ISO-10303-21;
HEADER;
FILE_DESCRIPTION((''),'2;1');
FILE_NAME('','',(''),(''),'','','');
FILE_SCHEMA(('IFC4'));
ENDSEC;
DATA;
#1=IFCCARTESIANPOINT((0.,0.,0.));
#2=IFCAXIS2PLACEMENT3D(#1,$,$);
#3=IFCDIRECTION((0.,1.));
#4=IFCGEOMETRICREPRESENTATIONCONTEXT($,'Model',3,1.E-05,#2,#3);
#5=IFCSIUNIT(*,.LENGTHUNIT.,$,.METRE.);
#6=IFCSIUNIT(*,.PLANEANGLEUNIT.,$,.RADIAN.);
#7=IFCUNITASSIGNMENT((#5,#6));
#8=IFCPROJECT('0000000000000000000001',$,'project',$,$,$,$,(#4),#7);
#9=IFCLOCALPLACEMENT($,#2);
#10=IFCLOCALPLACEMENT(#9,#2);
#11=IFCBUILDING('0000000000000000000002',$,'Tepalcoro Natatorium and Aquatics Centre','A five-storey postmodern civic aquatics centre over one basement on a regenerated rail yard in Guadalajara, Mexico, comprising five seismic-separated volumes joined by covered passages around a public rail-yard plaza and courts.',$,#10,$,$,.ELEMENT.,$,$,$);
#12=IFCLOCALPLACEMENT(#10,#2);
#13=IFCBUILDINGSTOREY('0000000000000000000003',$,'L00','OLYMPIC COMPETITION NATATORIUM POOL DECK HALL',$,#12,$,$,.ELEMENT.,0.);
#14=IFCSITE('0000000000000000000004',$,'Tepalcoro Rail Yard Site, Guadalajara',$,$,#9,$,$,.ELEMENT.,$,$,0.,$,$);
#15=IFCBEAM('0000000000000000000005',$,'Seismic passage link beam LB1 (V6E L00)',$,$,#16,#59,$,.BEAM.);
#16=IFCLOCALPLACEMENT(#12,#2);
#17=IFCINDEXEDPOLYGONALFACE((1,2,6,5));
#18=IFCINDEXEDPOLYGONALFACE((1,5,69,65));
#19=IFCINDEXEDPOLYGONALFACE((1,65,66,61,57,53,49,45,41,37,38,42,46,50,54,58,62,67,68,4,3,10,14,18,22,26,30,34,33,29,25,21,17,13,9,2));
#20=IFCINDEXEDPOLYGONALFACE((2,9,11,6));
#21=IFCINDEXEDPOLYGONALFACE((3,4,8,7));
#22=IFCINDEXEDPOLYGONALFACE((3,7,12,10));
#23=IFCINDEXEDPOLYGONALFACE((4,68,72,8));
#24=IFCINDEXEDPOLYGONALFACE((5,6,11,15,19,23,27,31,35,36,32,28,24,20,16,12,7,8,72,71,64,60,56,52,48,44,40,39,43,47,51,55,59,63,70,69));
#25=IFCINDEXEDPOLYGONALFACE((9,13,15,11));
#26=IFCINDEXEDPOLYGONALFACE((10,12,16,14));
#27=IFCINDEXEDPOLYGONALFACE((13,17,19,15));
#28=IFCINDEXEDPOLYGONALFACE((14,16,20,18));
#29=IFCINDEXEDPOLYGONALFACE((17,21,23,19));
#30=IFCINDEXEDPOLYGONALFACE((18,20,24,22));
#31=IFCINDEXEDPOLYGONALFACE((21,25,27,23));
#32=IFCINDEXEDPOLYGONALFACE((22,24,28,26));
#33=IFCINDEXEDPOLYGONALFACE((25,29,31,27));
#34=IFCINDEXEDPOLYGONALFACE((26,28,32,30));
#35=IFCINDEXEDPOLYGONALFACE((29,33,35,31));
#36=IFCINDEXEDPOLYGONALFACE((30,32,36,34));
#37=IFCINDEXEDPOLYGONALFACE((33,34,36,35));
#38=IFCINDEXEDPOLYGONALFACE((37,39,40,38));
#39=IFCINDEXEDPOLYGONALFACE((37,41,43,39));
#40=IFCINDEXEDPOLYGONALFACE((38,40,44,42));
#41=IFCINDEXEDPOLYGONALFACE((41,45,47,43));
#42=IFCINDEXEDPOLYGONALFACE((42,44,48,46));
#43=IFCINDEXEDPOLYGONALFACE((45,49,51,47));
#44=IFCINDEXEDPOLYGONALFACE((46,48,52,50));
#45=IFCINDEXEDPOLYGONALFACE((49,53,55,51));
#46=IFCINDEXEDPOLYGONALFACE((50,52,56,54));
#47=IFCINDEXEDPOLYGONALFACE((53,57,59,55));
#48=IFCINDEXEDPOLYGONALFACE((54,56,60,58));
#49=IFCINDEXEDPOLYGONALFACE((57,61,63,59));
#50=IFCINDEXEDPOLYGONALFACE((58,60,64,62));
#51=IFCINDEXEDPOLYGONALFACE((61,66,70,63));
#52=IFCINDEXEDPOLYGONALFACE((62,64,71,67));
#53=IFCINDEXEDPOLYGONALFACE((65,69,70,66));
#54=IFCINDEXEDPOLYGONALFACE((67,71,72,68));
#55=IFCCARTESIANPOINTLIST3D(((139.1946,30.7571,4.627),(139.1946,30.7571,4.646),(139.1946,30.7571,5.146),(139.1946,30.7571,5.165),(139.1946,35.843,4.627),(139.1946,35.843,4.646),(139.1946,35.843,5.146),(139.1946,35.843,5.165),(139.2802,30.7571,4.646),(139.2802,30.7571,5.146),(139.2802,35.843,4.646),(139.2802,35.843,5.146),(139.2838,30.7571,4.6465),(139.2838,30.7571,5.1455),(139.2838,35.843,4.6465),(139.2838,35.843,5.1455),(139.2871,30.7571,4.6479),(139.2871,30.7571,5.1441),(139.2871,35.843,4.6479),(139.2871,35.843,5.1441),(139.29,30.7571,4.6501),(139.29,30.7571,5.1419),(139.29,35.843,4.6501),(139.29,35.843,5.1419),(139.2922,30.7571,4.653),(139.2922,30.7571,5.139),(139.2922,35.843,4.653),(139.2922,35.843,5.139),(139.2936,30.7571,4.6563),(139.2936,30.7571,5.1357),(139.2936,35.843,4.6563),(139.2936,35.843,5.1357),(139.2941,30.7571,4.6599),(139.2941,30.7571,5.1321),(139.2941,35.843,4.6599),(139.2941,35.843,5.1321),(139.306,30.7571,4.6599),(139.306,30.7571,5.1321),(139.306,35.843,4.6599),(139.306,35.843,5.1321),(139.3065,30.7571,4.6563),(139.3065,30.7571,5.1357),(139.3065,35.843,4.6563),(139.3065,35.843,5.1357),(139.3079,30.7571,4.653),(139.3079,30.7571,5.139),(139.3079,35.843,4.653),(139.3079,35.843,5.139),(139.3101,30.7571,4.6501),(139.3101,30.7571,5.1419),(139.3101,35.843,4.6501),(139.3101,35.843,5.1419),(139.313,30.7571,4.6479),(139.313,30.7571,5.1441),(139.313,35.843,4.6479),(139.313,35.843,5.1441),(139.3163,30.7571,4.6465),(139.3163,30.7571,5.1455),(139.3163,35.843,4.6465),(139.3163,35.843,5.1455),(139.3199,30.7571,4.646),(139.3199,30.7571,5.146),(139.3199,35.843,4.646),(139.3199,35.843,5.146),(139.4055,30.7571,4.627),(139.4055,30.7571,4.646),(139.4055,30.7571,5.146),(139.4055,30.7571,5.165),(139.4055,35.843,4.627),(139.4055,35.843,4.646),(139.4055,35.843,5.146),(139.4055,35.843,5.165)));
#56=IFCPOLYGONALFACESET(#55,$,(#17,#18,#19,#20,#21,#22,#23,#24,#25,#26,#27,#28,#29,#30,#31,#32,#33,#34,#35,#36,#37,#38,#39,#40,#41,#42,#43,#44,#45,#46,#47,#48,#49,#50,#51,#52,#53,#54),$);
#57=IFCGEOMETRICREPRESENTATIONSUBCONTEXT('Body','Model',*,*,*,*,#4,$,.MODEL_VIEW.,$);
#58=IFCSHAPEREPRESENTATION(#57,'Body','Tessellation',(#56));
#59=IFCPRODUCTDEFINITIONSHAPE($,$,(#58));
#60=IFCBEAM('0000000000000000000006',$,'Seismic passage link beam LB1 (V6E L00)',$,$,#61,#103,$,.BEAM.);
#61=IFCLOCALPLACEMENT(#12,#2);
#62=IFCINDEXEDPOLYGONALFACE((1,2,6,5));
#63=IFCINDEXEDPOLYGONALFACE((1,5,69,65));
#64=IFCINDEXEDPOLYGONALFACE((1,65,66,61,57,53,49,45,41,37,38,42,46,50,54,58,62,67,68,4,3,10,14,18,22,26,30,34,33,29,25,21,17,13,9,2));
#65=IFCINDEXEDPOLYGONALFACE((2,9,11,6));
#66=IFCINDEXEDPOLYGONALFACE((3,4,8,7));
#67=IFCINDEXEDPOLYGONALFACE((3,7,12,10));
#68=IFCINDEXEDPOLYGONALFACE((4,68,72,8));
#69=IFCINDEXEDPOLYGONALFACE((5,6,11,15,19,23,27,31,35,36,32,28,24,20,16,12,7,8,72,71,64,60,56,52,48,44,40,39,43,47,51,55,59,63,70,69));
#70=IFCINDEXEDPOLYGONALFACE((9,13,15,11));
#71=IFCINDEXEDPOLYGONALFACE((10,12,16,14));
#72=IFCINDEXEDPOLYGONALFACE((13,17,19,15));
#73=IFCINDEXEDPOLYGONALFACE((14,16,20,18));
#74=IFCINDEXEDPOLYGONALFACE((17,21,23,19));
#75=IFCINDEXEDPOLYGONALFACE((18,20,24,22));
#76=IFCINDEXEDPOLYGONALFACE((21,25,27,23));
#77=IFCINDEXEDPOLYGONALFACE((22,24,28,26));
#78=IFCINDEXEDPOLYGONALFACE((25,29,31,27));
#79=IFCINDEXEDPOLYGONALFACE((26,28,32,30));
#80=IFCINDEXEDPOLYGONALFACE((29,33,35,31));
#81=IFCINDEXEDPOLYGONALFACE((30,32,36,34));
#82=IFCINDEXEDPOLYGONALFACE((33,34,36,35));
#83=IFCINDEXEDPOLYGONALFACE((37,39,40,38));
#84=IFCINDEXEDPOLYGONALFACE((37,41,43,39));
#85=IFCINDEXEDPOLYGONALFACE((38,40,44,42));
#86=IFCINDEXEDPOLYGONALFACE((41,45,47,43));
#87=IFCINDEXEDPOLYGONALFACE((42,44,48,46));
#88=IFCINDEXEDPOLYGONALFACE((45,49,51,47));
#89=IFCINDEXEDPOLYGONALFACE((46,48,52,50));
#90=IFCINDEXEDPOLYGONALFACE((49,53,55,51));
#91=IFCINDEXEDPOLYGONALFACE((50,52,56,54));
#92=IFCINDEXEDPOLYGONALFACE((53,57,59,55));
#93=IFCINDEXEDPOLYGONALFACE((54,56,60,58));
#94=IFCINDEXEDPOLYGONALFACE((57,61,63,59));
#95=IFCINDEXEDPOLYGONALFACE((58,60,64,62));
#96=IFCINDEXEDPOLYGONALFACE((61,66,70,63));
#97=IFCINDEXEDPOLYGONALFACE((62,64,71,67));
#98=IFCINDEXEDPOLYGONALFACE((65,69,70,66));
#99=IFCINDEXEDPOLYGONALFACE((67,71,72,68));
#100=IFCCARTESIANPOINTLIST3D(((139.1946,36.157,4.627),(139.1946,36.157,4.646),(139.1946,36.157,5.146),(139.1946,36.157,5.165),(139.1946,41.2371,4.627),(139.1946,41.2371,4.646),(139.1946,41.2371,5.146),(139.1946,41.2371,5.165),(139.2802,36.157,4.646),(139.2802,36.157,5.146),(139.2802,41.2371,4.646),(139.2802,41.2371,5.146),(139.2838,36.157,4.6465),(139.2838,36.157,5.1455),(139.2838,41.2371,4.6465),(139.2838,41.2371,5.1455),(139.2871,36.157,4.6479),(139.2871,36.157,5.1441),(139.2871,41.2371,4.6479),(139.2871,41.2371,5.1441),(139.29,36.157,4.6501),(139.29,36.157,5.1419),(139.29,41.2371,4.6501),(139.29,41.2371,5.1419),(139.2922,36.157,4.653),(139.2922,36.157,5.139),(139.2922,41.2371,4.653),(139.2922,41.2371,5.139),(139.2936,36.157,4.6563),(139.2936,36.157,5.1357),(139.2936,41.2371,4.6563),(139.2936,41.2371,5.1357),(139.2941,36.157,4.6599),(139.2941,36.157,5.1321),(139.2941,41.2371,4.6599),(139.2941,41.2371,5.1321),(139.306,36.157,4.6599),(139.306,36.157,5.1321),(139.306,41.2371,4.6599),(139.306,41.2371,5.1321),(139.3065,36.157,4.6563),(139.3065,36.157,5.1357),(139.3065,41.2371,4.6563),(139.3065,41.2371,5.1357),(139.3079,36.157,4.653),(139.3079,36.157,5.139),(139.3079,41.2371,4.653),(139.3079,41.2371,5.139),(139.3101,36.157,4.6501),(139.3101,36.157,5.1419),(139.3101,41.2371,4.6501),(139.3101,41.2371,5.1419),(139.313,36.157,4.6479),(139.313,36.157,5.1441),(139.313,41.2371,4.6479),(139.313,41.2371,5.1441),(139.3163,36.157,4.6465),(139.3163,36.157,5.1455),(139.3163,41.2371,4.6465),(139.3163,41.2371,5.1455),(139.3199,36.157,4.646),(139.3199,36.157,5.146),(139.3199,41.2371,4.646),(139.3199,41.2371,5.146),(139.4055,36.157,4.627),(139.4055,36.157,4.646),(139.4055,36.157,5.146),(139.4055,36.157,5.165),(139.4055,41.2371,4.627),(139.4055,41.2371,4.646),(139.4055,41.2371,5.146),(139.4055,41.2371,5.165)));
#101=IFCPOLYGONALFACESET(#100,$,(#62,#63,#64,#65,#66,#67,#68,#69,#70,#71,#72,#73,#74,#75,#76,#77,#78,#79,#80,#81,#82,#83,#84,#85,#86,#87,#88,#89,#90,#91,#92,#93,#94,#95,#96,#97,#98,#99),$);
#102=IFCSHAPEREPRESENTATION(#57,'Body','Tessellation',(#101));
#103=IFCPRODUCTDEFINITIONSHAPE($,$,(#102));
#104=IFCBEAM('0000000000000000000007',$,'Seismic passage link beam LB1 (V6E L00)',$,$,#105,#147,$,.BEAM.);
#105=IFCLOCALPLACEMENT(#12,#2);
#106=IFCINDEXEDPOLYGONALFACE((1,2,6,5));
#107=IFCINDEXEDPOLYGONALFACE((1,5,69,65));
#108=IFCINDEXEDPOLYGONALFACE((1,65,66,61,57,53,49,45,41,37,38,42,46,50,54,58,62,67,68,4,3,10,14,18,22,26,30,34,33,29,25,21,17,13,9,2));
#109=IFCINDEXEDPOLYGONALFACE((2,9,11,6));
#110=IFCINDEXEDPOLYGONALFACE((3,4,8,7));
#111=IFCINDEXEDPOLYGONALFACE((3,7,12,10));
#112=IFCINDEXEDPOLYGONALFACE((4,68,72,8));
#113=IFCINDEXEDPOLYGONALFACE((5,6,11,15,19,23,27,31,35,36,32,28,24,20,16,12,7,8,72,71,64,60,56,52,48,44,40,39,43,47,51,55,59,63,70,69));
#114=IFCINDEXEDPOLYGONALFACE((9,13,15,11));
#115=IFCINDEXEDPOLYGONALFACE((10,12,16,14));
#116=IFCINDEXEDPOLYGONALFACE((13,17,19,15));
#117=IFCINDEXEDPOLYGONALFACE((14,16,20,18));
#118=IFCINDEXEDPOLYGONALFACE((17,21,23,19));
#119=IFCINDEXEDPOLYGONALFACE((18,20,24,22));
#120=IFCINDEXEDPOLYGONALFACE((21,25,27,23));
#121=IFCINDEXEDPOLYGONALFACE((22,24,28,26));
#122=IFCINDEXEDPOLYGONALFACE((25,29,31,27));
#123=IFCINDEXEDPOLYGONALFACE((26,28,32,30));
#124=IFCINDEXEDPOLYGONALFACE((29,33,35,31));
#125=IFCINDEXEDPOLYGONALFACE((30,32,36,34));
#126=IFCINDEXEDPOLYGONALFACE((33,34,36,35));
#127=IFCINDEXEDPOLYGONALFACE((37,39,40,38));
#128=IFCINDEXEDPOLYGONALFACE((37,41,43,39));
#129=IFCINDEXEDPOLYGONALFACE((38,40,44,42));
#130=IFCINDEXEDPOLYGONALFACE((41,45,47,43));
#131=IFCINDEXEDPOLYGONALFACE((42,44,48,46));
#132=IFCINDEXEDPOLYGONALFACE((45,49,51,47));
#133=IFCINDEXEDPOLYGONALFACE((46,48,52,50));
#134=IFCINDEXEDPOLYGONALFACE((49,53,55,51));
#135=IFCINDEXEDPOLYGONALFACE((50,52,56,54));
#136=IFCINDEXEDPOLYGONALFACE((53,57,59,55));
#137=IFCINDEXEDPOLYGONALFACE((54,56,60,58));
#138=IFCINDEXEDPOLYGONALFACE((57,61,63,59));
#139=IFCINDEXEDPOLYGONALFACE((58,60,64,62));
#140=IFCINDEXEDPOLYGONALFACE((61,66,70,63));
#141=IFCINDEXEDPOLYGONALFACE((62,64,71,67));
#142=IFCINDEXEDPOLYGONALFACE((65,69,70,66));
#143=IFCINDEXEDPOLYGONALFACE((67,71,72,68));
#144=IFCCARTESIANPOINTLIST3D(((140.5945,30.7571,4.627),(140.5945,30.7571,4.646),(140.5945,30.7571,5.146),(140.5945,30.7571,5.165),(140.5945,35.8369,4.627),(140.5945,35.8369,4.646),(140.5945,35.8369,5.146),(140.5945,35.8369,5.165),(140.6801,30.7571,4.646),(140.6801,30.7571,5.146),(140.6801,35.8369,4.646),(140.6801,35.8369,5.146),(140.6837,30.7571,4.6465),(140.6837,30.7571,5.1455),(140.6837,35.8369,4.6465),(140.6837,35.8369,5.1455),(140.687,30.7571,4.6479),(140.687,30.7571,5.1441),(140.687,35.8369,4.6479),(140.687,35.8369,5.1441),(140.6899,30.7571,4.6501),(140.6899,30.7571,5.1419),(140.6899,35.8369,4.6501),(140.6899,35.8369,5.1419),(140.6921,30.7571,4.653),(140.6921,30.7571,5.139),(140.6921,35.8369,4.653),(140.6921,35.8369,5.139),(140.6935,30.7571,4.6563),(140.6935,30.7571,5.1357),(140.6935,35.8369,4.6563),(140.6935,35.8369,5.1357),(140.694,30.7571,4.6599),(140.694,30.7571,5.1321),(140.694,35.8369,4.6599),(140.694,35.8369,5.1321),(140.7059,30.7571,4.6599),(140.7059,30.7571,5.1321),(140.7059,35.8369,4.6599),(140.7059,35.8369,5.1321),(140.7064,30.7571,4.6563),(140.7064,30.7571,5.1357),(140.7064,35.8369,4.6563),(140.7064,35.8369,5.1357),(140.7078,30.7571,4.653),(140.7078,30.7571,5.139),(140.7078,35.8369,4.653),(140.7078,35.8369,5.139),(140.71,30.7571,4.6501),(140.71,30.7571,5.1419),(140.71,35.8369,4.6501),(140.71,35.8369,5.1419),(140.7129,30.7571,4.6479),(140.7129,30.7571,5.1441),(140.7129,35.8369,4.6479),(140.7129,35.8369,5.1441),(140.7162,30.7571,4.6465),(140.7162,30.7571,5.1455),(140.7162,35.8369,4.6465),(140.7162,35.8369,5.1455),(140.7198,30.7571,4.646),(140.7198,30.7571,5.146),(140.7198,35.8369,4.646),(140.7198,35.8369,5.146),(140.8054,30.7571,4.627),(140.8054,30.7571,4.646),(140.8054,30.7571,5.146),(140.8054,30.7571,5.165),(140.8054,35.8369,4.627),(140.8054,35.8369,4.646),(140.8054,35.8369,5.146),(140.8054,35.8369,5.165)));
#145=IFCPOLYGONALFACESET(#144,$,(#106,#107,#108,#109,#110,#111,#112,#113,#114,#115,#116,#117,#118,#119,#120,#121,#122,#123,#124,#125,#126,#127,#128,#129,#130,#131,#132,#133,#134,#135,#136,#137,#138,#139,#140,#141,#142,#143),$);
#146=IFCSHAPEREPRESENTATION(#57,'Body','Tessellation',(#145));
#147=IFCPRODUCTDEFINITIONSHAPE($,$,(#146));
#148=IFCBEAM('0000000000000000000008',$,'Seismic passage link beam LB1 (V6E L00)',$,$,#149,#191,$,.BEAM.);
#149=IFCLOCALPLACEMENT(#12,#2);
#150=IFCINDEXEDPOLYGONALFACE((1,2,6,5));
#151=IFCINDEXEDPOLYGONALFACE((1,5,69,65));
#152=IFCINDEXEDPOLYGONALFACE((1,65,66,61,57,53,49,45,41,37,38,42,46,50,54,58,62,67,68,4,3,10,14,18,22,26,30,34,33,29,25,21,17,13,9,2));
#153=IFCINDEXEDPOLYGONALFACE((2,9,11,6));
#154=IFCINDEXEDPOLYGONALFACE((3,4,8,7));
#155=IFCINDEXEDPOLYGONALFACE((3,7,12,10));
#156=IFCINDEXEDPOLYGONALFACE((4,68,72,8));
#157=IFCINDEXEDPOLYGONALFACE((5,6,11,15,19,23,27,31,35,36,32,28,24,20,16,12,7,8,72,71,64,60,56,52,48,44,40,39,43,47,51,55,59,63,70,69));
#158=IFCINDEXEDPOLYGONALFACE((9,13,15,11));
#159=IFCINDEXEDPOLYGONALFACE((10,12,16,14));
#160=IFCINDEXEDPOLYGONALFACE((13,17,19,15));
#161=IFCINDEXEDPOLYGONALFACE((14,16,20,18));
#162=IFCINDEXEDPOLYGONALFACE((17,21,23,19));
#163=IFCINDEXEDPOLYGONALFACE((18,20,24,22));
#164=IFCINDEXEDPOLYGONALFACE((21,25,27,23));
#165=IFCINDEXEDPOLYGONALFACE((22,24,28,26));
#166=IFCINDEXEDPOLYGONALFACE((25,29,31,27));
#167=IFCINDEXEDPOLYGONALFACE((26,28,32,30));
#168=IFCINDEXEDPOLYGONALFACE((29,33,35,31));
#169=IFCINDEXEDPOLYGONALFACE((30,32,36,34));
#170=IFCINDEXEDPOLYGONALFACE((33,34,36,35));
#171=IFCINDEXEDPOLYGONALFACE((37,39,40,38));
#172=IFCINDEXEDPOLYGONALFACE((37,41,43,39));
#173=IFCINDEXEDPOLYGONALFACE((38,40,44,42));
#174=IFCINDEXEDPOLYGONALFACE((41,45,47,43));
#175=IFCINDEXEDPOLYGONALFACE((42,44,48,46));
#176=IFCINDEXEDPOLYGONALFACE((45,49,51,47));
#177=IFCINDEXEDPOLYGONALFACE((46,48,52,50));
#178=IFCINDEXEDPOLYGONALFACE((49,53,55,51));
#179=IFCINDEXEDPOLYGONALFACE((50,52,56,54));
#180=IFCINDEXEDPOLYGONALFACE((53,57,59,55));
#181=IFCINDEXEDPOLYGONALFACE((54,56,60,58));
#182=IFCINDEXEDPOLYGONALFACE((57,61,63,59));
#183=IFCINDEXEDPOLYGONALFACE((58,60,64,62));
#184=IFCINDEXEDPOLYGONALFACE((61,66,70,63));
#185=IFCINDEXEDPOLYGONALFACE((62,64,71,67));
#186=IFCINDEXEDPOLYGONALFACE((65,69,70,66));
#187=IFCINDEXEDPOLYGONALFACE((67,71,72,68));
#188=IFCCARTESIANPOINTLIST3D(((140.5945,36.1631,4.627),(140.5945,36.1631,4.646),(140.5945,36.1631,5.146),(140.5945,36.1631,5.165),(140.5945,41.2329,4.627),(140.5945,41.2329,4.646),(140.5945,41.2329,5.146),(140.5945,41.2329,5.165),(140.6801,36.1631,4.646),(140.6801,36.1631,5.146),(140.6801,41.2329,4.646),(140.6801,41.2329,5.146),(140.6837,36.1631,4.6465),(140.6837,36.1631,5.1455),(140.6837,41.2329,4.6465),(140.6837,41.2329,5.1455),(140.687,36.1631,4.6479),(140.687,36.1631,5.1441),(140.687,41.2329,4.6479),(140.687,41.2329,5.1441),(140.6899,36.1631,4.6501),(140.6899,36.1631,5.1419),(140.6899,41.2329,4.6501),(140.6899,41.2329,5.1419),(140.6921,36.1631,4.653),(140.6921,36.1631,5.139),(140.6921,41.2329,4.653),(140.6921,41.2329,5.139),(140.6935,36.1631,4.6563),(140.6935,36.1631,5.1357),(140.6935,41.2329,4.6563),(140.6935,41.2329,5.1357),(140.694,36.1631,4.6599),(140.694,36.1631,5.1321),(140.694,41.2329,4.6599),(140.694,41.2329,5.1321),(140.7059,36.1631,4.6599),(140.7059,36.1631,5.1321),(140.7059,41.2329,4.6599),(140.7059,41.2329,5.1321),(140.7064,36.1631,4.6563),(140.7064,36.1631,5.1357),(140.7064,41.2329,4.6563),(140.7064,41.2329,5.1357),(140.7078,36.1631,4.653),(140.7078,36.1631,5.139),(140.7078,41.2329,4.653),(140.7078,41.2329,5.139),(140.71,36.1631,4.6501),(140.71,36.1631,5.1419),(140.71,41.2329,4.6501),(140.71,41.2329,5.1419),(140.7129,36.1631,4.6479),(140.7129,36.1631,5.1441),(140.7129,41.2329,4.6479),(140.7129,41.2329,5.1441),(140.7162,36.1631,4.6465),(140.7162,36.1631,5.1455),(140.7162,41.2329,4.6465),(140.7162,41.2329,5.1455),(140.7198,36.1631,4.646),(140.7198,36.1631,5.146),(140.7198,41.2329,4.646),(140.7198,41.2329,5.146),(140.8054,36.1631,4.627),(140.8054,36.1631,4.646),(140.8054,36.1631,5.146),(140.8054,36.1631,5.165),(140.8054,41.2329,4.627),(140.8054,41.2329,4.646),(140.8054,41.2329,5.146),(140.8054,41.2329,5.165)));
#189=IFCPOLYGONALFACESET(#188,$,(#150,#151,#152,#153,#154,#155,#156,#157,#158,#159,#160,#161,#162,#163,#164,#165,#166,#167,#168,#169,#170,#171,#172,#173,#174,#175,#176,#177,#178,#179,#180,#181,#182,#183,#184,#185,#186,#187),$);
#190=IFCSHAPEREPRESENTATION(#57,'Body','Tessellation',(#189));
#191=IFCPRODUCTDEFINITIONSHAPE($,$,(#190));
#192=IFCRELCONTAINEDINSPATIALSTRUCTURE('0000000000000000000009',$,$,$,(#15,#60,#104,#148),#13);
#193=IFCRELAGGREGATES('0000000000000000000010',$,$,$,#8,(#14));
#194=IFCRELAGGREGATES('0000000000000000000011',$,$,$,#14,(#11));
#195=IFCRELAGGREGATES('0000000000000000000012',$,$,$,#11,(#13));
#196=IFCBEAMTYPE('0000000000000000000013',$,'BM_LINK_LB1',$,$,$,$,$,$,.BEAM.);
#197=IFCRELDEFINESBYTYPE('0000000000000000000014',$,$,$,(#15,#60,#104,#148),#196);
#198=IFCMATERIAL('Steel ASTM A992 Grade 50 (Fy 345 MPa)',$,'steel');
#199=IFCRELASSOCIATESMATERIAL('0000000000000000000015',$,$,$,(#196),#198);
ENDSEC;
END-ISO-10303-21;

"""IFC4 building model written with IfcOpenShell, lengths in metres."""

from ifc_helpers import new_model, si_unit, direction, frame, origin, origin_2d, place, context, subcontext, project, spatial, i_section, extrude, material, material_profile, profile_set, type_object, element, save


model = new_model("IFC4")

# Units and contexts
model_context = context("Model", 3, precision=1e-05, world=origin(), true_north=direction((0.0, 1.0)))
body_context = subcontext(model_context, "Body", "Model", "MODEL_VIEW")
ifc_project = project(units=[si_unit("LENGTHUNIT", "METRE"), si_unit("PLANEANGLEUNIT", "RADIAN")], contexts=[model_context])

# Site, building, storey
site_placement = place(None, origin())
site = spatial("IfcSite", under=ifc_project, at=site_placement, Name="Tepalcoro Rail Yard Site, Guadalajara", CompositionType="ELEMENT", RefElevation=0.0)
building_placement = place(site_placement, origin())
building = spatial("IfcBuilding", under=site, at=building_placement, Name="Tepalcoro Natatorium and Aquatics Centre", Description="A five-storey postmodern civic aquatics centre over one basement on a regenerated rail yard in Guadalajara, Mexico, comprising five seismic-separated volumes joined by covered passages around a public rail-yard plaza and courts.", CompositionType="ELEMENT")
storey_placement = place(building_placement, origin())
storey = spatial("IfcBuildingStorey", under=building, at=storey_placement, Name="L00", Description="OLYMPIC COMPETITION NATATORIUM POOL DECK HALL", CompositionType="ELEMENT", Elevation=0.0)

# Shared definitions
ifc_material_1 = material(Name="Steel ASTM A992 Grade 50 (Fy 345 MPa)", Category="steel")

# Beams
ifc_material_profile_1 = material_profile(ifc_material_1, i_section(OverallWidth=0.2109, OverallDepth=0.5381, WebThickness=0.012, FlangeThickness=0.019, FilletRadius=0.0139, at=origin_2d()), Name="W21X73")
ifc_profile_set_1 = profile_set([ifc_material_profile_1], Name="Steel ASTM A992 Grade 50 (Fy 345 MPa)")
beam_type_1 = type_object("IfcBeamType", Name="BM_LINK_LB1", PredefinedType="BEAM", material=ifc_profile_set_1)
beam_1_placement = place(storey_placement, frame((139.3, 30.7571, 4.896), z_axis=(0.0, 1.0, 0.0), x_axis=(-1.0, 0.0, 0.0)))
element("IfcBeam", 1, at=beam_1_placement, inside=storey, type_object=beam_type_1, Name="Seismic passage link beam LB1 (V6E L00)", PredefinedType="BEAM", context=body_context, shape_type="SweptSolid", body=[
    extrude(i_section(OverallWidth=0.2109, OverallDepth=0.5381, WebThickness=0.012, FlangeThickness=0.019, FilletRadius=0.0139, at=origin_2d()), origin(), (0.0, 0.0, 1.0), 5.0859),
])
beam_2_placement = place(storey_placement, frame((139.3, 36.157, 4.896), z_axis=(0.0, 1.0, 0.0), x_axis=(-1.0, 0.0, 0.0)))
element("IfcBeam", 2, at=beam_2_placement, inside=storey, type_object=beam_type_1, Name="Seismic passage link beam LB1 (V6E L00)", PredefinedType="BEAM", context=body_context, shape_type="SweptSolid", body=[
    extrude(i_section(OverallWidth=0.2109, OverallDepth=0.5381, WebThickness=0.012, FlangeThickness=0.019, FilletRadius=0.0139, at=origin_2d()), origin(), (0.0, 0.0, 1.0), 5.0801),
])
beam_3_placement = place(storey_placement, frame((140.7, 30.7571, 4.896), z_axis=(0.0, 1.0, 0.0), x_axis=(-1.0, 0.0, 0.0)))
element("IfcBeam", 3, at=beam_3_placement, inside=storey, type_object=beam_type_1, Name="Seismic passage link beam LB1 (V6E L00)", PredefinedType="BEAM", context=body_context, shape_type="SweptSolid", body=[
    extrude(i_section(OverallWidth=0.2109, OverallDepth=0.5381, WebThickness=0.012, FlangeThickness=0.019, FilletRadius=0.0139, at=origin_2d()), origin(), (0.0, 0.0, 1.0), 5.0798),
])
beam_4_placement = place(storey_placement, frame((140.7, 36.1631, 4.896), z_axis=(0.0, 1.0, 0.0), x_axis=(-1.0, 0.0, 0.0)))
element("IfcBeam", 4, at=beam_4_placement, inside=storey, type_object=beam_type_1, Name="Seismic passage link beam LB1 (V6E L00)", PredefinedType="BEAM", context=body_context, shape_type="SweptSolid", body=[
    extrude(i_section(OverallWidth=0.2109, OverallDepth=0.5381, WebThickness=0.012, FlangeThickness=0.019, FilletRadius=0.0139, at=origin_2d()), origin(), (0.0, 0.0, 1.0), 5.0698),
])

save(model, "model.ifc")
